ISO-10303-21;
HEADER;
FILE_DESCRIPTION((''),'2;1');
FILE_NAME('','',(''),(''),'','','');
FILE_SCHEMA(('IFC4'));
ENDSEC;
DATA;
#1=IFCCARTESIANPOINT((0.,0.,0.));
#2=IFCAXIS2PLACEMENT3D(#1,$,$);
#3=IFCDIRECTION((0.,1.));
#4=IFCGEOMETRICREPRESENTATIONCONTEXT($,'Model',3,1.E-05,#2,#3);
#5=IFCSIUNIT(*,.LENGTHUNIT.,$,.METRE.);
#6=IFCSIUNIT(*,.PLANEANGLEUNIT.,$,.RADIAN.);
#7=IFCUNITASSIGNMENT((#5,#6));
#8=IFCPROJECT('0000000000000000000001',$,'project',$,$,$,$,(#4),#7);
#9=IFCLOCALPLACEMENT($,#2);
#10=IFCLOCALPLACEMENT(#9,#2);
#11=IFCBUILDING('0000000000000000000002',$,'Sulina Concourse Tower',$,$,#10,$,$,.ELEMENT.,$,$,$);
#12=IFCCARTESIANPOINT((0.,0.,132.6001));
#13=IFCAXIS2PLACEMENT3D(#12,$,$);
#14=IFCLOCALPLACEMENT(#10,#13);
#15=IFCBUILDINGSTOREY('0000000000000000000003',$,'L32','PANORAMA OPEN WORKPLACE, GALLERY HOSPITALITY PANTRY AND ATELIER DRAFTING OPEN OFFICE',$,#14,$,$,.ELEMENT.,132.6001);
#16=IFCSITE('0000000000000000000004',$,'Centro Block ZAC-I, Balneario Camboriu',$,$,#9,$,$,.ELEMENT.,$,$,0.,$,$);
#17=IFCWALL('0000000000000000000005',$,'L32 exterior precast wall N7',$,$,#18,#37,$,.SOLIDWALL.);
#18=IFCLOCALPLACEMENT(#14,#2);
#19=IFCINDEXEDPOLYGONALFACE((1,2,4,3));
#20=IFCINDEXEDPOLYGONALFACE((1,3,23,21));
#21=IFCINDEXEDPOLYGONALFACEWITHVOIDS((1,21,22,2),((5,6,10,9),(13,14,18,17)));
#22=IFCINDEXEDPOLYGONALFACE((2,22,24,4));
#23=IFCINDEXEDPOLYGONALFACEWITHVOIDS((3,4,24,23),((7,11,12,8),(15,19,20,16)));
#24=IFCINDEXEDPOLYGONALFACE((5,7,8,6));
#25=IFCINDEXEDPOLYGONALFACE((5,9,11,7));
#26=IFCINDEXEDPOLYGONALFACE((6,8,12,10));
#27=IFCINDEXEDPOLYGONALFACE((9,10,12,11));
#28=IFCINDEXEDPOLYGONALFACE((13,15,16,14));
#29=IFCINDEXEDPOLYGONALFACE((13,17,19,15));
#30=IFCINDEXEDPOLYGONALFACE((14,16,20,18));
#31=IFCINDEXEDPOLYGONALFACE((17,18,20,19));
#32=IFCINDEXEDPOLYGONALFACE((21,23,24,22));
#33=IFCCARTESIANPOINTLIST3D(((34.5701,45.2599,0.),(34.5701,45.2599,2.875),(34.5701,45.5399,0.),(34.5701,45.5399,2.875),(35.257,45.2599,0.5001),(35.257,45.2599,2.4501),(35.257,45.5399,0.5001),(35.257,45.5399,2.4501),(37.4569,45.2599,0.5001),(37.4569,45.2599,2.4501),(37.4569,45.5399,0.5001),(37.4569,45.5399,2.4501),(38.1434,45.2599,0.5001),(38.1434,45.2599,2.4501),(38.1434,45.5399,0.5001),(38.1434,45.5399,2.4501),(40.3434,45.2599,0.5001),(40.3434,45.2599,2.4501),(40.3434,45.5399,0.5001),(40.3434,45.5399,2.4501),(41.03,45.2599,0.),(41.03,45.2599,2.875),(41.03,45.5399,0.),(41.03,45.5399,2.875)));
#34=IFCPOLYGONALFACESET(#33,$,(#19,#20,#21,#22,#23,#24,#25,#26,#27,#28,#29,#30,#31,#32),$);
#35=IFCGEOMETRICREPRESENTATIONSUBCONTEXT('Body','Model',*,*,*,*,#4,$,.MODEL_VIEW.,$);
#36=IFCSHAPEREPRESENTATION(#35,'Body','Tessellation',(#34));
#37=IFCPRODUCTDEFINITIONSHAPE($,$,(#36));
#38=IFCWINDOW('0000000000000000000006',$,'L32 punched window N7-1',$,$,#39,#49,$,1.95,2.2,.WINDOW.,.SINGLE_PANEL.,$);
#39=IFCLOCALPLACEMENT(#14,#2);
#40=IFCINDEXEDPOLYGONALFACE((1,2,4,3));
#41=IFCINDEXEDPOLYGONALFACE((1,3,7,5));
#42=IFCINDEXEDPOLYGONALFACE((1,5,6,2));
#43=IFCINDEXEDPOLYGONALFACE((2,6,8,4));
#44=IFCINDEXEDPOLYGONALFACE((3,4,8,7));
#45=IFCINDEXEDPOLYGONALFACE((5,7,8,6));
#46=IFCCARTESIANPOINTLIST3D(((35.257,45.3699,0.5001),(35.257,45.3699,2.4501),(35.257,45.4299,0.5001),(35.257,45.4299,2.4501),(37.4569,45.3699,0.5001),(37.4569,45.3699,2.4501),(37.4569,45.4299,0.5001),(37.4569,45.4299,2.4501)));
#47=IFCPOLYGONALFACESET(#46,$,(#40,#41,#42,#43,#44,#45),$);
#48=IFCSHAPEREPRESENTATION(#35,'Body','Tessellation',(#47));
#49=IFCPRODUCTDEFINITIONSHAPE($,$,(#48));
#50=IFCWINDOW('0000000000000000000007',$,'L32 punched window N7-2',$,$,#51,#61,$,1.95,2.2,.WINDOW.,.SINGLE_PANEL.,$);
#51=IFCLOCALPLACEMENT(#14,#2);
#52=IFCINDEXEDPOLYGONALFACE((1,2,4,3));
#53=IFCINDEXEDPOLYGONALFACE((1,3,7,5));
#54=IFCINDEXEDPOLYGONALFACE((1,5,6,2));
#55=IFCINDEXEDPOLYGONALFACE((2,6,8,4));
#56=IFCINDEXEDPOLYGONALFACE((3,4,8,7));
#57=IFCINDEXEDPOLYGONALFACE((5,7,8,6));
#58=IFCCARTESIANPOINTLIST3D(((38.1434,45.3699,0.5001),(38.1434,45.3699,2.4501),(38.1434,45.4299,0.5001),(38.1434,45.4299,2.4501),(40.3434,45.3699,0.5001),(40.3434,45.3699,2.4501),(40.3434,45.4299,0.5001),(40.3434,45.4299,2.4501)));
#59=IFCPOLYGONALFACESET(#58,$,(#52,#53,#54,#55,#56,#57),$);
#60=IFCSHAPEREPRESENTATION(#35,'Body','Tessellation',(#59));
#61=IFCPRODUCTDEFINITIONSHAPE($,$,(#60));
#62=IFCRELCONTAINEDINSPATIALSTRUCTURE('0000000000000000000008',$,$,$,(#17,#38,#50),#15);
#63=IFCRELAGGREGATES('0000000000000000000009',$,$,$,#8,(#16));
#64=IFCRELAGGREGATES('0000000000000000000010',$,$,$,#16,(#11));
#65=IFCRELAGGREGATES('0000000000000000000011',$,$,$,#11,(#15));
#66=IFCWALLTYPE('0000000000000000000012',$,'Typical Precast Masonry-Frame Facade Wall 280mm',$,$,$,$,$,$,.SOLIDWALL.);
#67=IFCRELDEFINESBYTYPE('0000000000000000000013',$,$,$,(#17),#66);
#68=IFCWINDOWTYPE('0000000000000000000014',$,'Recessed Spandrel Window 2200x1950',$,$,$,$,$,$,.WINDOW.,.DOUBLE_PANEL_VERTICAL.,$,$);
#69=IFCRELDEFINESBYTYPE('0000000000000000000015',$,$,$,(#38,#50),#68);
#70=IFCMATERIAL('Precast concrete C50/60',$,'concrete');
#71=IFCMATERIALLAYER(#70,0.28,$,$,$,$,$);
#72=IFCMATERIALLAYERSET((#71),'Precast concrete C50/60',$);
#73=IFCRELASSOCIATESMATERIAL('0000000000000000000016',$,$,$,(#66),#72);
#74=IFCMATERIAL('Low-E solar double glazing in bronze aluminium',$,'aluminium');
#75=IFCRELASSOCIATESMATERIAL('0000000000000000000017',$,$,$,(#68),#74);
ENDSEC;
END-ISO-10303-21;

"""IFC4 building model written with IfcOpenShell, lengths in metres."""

from ifc_helpers import new_model, si_unit, direction, frame, frame_2d, origin, place, context, subcontext, project, spatial, rectangle, extrude, material, layer, layer_set, type_object, element, fill, save


model = new_model("IFC4")

# Units and contexts
model_context = context("Model", 3, precision=1e-05, world=origin(), true_north=direction((0.0, 1.0)))
body_context = subcontext(model_context, "Body", "Model", "MODEL_VIEW")
ifc_project = project(units=[si_unit("LENGTHUNIT", "METRE"), si_unit("PLANEANGLEUNIT", "RADIAN")], contexts=[model_context])

# Site, building, storey
site_placement = place(None, origin())
site = spatial("IfcSite", under=ifc_project, at=site_placement, Name="Centro Block ZAC-I, Balneario Camboriu", CompositionType="ELEMENT", RefElevation=0.0)
building_placement = place(site_placement, origin())
building = spatial("IfcBuilding", under=site, at=building_placement, Name="Sulina Concourse Tower", CompositionType="ELEMENT")
storey_placement = place(building_placement, frame((0.0, 0.0, 132.6001)))
storey = spatial("IfcBuildingStorey", under=building, at=storey_placement, Name="L32", Description="PANORAMA OPEN WORKPLACE, GALLERY HOSPITALITY PANTRY AND ATELIER DRAFTING OPEN OFFICE", CompositionType="ELEMENT", Elevation=132.6001)

# Shared definitions
ifc_material_1 = material(Name="Precast concrete C50/60", Category="concrete")
ifc_layer_1 = layer(ifc_material_1, 0.28)
ifc_layer_set_1 = layer_set([ifc_layer_1], Name="Precast concrete C50/60")
wall_type_1 = type_object("IfcWallType", Name="Typical Precast Masonry-Frame Facade Wall 280mm", PredefinedType="SOLIDWALL", material=ifc_layer_set_1)
ifc_material_2 = material(Name="Low-E solar double glazing in bronze aluminium", Category="aluminium")
window_type = type_object("IfcWindowType", Name="Recessed Spandrel Window 2200x1950", PartitioningType="DOUBLE_PANEL_VERTICAL", PredefinedType="WINDOW", material=ifc_material_2)

# Wall, openings, windows
wall_1_placement = place(storey_placement, frame((34.5701, 45.3999, 0.0), z_axis=(0.0, 0.0, 1.0), x_axis=(1.0, 0.0, 0.0)))
wall_1 = element("IfcWall", 1, at=wall_1_placement, inside=storey, type_object=wall_type_1, Name="L32 exterior precast wall N7", PredefinedType="SOLIDWALL", context=body_context, shape_type="SweptSolid", body=[
    extrude(rectangle(XDim=6.46, YDim=0.28, at=frame_2d((3.23, 0.0))), origin(), (0.0, 0.0, 1.0), 2.875),
])
opening_1_placement = place(wall_1_placement, frame((0.6868, 0.0, 0.5)))
opening_1 = element("IfcOpeningElement", 2, at=opening_1_placement, cuts=wall_1, PredefinedType="OPENING", context=body_context, shape_type="SweptSolid", body=[
    extrude(rectangle(XDim=2.2, YDim=1.95, at=frame_2d((1.1001, 0.9751))), frame((0.0, 0.1499, 0.0), z_axis=(0.0, -1.0, 0.0), x_axis=(1.0, 0.0, 0.0)), (0.0, 0.0, 1.0), 0.3),
])
opening_2_placement = place(wall_1_placement, frame((3.5732, 0.0, 0.5)))
opening_2 = element("IfcOpeningElement", 3, at=opening_2_placement, cuts=wall_1, PredefinedType="OPENING", context=body_context, shape_type="SweptSolid", body=[
    extrude(rectangle(XDim=2.2, YDim=1.95, at=frame_2d((1.1001, 0.9751))), frame((0.0, 0.1499, 0.0), z_axis=(0.0, -1.0, 0.0), x_axis=(1.0, 0.0, 0.0)), (0.0, 0.0, 1.0), 0.3),
])
window_1_placement = place(opening_1_placement, origin())
window_1 = element("IfcWindow", 4, at=window_1_placement, inside=storey, type_object=window_type, Name="L32 punched window N7-1", OverallHeight=1.95, OverallWidth=2.2, PartitioningType="SINGLE_PANEL", PredefinedType="WINDOW", context=body_context, shape_type="SweptSolid", body=[
    extrude(rectangle(XDim=2.2, YDim=1.95, at=frame_2d((1.1001, 0.9751))), frame((0.0, 0.03, 0.0), z_axis=(0.0, -1.0, 0.0), x_axis=(1.0, 0.0, 0.0)), (0.0, 0.0, 1.0), 0.0601),
])
fill(opening_1, window_1)
window_2_placement = place(opening_2_placement, origin())
window_2 = element("IfcWindow", 5, at=window_2_placement, inside=storey, type_object=window_type, Name="L32 punched window N7-2", OverallHeight=1.95, OverallWidth=2.2, PartitioningType="SINGLE_PANEL", PredefinedType="WINDOW", context=body_context, shape_type="SweptSolid", body=[
    extrude(rectangle(XDim=2.2, YDim=1.95, at=frame_2d((1.1001, 0.9751))), frame((0.0, 0.03, 0.0), z_axis=(0.0, -1.0, 0.0), x_axis=(1.0, 0.0, 0.0)), (0.0, 0.0, 1.0), 0.0601),
])
fill(opening_2, window_2)

save(model, "model.ifc")
